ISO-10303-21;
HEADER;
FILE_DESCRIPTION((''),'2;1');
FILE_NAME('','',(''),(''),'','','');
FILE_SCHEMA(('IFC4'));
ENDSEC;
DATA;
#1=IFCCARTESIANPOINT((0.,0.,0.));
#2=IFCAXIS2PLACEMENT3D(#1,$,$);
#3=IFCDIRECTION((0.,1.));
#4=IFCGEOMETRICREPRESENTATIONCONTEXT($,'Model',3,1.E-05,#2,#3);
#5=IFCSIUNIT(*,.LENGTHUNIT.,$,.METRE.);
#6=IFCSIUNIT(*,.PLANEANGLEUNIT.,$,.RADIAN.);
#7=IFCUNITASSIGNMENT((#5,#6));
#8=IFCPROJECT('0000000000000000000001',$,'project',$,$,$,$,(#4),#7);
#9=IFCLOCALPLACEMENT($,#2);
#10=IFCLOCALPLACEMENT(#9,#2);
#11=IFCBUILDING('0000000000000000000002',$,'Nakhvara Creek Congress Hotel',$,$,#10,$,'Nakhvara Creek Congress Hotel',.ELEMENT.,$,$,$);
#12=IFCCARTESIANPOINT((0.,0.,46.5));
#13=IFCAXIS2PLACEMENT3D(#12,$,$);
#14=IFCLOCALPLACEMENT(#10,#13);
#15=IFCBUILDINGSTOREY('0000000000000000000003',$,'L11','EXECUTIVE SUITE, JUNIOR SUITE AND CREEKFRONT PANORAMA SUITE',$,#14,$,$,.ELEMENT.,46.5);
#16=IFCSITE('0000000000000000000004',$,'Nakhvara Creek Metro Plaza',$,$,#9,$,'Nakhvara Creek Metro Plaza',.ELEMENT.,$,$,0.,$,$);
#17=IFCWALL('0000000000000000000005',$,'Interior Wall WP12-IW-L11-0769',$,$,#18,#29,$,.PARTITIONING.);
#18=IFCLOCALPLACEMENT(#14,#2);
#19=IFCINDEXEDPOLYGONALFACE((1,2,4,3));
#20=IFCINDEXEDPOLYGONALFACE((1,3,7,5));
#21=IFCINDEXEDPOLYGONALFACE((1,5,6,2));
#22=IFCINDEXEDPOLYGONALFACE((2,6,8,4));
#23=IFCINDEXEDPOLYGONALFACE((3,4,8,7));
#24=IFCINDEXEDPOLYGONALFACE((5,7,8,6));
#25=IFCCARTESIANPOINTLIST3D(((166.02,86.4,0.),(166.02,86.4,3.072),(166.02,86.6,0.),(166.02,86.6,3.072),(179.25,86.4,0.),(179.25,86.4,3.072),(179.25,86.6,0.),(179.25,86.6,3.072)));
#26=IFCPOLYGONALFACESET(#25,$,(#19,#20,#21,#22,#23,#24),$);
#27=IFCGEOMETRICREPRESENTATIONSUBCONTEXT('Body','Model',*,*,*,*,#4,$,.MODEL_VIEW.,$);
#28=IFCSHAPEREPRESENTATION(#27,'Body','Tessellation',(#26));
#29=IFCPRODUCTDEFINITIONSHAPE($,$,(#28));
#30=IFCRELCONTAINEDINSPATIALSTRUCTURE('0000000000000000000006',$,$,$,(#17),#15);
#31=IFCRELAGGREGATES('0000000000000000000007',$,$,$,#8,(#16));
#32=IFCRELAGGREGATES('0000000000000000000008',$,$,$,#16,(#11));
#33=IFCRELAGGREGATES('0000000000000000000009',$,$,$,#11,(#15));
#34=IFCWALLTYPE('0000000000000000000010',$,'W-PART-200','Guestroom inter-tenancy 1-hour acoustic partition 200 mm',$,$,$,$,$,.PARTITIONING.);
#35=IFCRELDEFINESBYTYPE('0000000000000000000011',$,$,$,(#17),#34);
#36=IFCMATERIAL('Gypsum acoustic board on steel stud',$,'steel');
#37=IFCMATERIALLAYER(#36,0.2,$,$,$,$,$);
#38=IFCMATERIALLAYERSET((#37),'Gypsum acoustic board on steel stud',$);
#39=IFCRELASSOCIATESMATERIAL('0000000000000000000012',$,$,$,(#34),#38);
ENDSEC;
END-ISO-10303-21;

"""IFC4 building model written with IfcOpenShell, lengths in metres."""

from ifc_helpers import new_model, si_unit, direction, frame, frame_2d, origin, place, context, subcontext, project, spatial, rectangle, extrude, material, layer, layer_set, type_object, element, save


model = new_model("IFC4")

# Units and contexts
model_context = context("Model", 3, precision=1e-05, world=origin(), true_north=direction((0.0, 1.0)))
body_context = subcontext(model_context, "Body", "Model", "MODEL_VIEW")
ifc_project = project(units=[si_unit("LENGTHUNIT", "METRE"), si_unit("PLANEANGLEUNIT", "RADIAN")], contexts=[model_context])

# Site, building, storey
site_placement = place(None, origin())
site = spatial("IfcSite", under=ifc_project, at=site_placement, Name="Nakhvara Creek Metro Plaza", LongName="Nakhvara Creek Metro Plaza", CompositionType="ELEMENT", RefElevation=0.0)
building_placement = place(site_placement, origin())
building = spatial("IfcBuilding", under=site, at=building_placement, Name="Nakhvara Creek Congress Hotel", LongName="Nakhvara Creek Congress Hotel", CompositionType="ELEMENT")
storey_placement = place(building_placement, frame((0.0, 0.0, 46.5)))
storey = spatial("IfcBuildingStorey", under=building, at=storey_placement, Name="L11", Description="EXECUTIVE SUITE, JUNIOR SUITE AND CREEKFRONT PANORAMA SUITE", CompositionType="ELEMENT", Elevation=46.5)

# Wall
ifc_material_1 = material(Name="Gypsum acoustic board on steel stud", Category="steel")
ifc_layer_1 = layer(ifc_material_1, 0.2)
ifc_layer_set_1 = layer_set([ifc_layer_1], Name="Gypsum acoustic board on steel stud")
wall_type_1 = type_object("IfcWallType", Name="W-PART-200", Description="Guestroom inter-tenancy 1-hour acoustic partition 200 mm", PredefinedType="PARTITIONING", material=ifc_layer_set_1)
for number, where, z_axis, x_axis, name in (
    (1, (166.02, 86.5, 0.0), (0.0, 0.0, 1.0), (1.0, 0.0, 0.0), "Interior Wall WP12-IW-L11-0769"),
):
    element("IfcWall", number, at=place(storey_placement, frame(where, z_axis=z_axis, x_axis=x_axis)), inside=storey, type_object=wall_type_1, Name=name, PredefinedType="PARTITIONING", context=body_context, shape_type="SweptSolid", body=[
        extrude(rectangle(XDim=13.23, YDim=0.2, at=frame_2d((6.615, 0.0))), origin(), (0.0, 0.0, 1.0), 3.072),
    ])

save(model, "model.ifc")
